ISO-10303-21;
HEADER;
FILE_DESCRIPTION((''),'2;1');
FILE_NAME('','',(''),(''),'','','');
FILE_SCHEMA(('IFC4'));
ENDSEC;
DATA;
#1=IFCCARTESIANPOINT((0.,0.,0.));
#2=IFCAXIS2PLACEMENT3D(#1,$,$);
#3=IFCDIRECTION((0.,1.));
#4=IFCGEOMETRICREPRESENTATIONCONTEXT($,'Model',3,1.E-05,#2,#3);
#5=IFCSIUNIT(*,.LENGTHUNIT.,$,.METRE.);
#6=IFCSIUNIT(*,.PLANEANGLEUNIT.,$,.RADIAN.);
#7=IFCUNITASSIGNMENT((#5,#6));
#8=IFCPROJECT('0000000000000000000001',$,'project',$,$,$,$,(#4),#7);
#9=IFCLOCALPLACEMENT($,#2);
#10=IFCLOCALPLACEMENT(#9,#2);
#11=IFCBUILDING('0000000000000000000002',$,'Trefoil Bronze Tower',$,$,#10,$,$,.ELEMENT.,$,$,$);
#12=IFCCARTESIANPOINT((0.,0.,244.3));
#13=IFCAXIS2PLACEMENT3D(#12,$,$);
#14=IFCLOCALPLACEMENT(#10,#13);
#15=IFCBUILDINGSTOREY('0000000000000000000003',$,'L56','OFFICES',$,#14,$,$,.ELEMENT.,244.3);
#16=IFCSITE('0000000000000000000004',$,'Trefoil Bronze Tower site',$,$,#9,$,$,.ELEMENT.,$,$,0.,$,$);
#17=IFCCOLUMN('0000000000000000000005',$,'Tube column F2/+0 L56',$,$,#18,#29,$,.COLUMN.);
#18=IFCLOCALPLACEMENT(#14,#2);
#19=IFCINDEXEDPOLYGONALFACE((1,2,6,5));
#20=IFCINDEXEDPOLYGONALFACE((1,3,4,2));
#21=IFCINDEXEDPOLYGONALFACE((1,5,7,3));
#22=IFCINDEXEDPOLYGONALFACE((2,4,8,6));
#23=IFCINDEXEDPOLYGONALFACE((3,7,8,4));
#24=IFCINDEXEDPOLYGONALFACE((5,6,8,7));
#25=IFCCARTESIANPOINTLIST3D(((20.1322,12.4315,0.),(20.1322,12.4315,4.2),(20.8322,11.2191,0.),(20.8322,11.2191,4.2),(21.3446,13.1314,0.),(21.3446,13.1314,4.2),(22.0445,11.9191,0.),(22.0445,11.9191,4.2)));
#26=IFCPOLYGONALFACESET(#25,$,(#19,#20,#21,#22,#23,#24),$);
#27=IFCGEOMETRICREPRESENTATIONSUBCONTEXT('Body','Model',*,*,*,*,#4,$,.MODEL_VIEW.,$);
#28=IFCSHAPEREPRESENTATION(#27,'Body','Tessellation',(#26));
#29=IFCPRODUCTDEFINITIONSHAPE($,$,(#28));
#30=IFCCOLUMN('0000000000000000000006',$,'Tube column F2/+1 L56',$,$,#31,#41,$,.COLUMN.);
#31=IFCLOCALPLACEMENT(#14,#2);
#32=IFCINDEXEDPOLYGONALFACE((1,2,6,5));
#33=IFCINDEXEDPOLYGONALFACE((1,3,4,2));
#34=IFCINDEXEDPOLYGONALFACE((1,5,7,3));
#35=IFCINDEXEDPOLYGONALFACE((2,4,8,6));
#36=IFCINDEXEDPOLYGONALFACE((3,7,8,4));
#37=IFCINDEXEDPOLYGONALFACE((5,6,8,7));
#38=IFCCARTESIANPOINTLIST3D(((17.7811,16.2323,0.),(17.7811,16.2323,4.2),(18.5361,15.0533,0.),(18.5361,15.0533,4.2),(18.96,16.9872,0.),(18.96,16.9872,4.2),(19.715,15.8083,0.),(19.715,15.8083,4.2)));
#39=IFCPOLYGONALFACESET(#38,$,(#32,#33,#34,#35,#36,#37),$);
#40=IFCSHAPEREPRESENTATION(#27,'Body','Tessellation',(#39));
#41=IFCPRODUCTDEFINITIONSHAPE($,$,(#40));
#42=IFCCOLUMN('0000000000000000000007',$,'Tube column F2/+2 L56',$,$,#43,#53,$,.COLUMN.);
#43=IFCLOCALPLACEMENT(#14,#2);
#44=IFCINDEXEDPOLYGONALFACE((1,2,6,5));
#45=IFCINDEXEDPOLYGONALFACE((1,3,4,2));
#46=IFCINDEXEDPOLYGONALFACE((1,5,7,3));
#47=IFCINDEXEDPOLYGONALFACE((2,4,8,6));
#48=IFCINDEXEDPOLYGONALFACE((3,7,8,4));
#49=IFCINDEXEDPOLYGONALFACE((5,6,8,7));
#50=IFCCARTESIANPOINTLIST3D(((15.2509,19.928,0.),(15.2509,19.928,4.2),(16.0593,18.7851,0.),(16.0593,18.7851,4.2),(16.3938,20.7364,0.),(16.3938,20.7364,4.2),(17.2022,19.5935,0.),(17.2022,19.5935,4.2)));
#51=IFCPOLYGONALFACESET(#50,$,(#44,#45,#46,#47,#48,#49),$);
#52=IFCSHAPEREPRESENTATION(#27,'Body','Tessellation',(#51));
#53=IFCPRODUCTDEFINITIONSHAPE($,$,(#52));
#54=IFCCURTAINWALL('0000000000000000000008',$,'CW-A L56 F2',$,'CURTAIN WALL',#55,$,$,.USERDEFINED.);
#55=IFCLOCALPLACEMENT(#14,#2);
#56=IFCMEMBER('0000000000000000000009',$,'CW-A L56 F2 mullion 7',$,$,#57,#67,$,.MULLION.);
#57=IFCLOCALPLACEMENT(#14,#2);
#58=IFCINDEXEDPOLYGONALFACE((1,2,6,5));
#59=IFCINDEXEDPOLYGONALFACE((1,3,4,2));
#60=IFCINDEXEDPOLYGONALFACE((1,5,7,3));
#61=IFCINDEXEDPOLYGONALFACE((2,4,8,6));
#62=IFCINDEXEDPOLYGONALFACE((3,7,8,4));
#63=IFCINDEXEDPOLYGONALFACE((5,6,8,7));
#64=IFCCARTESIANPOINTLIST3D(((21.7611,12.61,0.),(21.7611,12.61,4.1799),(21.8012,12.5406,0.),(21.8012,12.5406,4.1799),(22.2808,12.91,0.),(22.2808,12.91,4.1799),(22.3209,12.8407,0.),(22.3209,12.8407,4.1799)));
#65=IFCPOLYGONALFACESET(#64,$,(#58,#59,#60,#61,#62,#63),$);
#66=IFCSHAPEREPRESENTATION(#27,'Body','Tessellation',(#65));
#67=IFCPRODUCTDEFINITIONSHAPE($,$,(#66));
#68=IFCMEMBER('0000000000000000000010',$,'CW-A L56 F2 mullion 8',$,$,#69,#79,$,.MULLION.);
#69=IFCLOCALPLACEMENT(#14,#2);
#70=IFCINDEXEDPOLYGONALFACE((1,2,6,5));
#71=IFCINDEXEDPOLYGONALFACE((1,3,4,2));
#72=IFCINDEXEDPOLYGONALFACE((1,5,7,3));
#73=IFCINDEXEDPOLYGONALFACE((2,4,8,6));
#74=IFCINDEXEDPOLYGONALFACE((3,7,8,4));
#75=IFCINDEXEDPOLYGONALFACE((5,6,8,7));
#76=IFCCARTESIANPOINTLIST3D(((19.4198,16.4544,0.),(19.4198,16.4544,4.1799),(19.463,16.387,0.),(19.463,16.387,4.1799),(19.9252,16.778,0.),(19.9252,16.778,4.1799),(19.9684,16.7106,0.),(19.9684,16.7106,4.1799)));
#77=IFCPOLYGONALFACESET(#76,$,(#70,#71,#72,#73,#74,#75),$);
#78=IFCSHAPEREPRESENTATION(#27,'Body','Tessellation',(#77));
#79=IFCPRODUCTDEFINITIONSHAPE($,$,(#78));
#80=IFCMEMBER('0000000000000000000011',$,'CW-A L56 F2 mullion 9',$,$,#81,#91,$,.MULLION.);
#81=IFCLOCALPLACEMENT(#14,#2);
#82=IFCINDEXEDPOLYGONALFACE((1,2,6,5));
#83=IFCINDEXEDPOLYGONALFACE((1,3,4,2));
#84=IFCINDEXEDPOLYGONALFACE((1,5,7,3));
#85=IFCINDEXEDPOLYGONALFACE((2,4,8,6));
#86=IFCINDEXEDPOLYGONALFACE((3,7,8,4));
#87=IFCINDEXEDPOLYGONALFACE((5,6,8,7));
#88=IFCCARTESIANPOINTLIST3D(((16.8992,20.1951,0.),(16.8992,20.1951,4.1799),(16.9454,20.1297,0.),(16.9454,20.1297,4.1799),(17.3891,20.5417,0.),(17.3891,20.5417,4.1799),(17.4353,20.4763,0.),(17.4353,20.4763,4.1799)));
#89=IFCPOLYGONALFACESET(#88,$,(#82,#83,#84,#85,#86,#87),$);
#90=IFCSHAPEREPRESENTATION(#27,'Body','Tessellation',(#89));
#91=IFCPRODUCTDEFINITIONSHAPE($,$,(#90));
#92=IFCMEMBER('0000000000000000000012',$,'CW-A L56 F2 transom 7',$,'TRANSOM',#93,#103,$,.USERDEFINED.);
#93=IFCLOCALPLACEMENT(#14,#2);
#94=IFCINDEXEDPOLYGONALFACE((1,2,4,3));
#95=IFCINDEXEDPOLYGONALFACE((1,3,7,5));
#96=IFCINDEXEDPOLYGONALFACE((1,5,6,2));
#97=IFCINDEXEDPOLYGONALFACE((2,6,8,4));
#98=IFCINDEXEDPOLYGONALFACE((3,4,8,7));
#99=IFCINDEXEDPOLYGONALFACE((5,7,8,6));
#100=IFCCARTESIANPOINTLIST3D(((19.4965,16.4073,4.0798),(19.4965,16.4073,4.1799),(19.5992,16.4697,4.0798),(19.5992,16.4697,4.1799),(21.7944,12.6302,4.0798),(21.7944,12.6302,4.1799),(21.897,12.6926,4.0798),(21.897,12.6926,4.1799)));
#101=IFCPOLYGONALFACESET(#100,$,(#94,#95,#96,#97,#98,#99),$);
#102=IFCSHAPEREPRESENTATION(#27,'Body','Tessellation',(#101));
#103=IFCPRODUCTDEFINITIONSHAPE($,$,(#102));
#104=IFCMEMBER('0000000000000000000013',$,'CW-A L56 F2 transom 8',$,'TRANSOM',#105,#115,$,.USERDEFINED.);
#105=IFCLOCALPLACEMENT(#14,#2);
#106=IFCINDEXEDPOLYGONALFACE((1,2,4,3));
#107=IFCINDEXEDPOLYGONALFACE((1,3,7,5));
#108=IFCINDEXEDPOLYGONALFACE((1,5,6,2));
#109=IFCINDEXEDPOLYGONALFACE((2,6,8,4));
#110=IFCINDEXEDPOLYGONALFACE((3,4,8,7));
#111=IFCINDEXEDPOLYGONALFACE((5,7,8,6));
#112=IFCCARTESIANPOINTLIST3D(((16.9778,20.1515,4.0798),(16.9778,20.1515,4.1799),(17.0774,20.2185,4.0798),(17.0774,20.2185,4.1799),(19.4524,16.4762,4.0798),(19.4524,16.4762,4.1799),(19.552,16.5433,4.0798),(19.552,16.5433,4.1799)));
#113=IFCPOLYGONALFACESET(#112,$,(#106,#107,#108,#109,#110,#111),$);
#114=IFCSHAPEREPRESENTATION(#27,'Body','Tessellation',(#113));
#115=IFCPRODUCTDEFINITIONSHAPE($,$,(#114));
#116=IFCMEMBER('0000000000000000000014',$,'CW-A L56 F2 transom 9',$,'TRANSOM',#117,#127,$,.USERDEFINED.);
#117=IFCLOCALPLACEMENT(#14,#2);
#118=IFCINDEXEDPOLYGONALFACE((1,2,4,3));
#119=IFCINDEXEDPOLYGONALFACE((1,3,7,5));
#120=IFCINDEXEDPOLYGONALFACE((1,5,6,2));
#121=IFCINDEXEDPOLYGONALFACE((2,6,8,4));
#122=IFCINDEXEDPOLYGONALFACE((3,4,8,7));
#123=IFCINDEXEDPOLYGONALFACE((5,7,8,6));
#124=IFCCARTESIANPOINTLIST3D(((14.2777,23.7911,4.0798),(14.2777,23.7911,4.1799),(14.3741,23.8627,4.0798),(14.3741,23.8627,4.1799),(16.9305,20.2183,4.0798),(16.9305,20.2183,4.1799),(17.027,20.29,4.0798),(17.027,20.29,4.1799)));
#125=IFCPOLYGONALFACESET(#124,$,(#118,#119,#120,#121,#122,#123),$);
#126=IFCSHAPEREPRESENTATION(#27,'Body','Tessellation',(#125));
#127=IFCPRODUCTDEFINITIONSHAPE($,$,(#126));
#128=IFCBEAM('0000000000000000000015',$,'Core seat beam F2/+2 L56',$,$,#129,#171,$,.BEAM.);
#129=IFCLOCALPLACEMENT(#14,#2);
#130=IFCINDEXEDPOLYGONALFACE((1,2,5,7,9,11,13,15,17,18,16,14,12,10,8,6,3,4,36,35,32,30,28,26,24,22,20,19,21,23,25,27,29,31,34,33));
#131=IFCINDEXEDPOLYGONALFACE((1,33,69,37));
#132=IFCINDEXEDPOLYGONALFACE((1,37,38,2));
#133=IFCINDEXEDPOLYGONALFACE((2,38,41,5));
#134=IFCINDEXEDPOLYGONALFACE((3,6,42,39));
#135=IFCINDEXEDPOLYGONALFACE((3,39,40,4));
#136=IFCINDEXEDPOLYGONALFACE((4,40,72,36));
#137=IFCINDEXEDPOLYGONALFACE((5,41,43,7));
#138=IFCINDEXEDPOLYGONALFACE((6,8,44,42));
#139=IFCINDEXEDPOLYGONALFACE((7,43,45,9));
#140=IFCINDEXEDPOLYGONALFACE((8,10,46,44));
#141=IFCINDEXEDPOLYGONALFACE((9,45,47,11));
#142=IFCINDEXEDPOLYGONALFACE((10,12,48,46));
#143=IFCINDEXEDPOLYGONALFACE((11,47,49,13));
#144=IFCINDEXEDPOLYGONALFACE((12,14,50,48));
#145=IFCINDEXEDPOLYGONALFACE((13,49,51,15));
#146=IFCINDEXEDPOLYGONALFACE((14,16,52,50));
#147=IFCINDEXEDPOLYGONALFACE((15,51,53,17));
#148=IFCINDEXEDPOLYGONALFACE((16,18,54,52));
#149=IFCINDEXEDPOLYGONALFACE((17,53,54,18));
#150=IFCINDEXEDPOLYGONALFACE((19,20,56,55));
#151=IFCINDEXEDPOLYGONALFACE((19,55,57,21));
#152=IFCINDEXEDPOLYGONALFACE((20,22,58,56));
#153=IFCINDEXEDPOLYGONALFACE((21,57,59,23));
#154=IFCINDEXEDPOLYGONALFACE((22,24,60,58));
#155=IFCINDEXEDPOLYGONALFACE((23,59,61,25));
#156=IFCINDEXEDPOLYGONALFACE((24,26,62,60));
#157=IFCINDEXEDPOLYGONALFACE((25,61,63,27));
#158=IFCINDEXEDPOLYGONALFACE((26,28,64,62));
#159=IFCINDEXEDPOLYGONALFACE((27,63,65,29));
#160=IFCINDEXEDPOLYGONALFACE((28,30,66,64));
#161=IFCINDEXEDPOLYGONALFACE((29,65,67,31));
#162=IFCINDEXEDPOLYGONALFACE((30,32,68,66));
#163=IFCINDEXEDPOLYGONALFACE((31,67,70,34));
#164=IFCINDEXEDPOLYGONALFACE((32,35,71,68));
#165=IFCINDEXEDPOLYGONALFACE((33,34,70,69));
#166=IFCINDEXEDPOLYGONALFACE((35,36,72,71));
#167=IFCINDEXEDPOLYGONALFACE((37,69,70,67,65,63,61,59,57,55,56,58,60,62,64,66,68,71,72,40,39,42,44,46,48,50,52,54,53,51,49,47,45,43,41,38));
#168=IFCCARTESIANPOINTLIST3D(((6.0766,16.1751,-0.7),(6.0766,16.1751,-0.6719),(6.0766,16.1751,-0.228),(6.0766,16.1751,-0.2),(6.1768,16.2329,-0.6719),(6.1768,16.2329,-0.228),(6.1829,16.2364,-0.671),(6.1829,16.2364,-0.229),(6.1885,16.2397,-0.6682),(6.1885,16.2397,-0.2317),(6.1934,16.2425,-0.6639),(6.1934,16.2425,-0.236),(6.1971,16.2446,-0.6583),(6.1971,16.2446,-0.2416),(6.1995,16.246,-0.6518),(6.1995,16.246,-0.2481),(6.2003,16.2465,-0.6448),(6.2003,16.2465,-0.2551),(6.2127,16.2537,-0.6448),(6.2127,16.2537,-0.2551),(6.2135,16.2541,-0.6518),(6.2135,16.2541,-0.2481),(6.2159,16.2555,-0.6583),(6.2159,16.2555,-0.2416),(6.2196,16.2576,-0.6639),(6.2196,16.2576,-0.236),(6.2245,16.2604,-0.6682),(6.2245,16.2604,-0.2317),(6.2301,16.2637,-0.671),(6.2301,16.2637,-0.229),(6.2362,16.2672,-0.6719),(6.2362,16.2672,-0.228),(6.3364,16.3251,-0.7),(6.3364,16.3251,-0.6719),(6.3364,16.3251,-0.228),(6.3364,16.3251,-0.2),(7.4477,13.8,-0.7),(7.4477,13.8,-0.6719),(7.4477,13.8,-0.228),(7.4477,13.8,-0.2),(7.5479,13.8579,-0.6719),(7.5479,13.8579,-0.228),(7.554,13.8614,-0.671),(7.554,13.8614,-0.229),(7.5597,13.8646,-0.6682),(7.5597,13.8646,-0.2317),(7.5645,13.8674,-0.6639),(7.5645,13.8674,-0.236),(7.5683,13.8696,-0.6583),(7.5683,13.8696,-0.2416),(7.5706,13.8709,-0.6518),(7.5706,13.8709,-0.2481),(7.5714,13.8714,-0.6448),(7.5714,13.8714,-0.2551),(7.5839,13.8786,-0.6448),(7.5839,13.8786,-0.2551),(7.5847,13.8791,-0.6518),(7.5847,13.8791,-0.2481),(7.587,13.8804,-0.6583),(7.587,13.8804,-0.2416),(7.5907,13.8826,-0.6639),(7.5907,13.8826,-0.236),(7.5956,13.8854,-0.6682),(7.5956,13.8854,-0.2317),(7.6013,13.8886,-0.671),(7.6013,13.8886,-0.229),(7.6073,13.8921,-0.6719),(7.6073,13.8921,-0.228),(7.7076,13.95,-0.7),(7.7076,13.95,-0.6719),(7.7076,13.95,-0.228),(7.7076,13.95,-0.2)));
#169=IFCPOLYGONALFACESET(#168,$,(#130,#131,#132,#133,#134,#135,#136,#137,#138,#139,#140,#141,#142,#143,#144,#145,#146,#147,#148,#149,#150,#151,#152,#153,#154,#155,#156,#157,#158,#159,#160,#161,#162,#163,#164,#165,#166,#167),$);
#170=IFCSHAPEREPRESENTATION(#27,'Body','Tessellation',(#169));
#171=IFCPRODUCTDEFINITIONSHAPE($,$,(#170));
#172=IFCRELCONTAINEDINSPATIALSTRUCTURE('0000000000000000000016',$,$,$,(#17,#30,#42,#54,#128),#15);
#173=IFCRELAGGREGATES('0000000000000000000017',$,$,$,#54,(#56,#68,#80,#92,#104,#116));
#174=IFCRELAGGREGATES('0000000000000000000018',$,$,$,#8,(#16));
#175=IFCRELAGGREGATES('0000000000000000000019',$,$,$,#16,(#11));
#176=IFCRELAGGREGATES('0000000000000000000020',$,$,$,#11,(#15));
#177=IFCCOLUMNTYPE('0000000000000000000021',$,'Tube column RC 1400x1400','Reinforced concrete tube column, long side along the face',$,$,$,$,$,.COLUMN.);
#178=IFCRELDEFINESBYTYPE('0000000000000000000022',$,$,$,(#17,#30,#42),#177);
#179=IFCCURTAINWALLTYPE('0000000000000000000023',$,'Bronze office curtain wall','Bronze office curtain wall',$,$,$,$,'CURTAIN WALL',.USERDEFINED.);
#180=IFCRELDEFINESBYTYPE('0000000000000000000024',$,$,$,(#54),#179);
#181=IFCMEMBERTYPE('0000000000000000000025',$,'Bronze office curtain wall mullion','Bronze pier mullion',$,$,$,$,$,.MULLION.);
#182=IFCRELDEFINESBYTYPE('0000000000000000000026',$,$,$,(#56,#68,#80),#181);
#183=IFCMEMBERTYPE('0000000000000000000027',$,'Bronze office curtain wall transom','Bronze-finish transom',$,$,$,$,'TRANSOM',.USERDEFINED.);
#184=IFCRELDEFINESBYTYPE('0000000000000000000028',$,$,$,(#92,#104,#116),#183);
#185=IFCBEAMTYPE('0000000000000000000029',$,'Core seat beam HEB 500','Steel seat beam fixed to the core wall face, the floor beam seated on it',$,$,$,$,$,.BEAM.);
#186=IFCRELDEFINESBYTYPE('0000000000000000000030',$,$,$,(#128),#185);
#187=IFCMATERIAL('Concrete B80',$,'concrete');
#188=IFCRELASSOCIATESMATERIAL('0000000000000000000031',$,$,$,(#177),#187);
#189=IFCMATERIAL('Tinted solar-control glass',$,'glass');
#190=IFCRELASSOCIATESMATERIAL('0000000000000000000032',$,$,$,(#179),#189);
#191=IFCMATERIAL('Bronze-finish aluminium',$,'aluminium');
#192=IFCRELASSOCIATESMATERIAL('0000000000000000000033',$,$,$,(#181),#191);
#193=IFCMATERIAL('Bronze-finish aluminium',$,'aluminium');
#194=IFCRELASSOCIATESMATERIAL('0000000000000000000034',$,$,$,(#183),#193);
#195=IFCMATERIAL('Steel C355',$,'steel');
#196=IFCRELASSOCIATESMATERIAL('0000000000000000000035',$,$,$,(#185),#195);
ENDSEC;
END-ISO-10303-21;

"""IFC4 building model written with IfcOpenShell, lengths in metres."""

from ifc_helpers import new_model, si_unit, direction, frame, origin, origin_2d, place, context, subcontext, project, spatial, rectangle, i_section, extrude, material, material_profile, profile_set, type_object, element, aggregate, save


model = new_model("IFC4")

# Units and contexts
model_context = context("Model", 3, precision=1e-05, world=origin(), true_north=direction((0.0, 1.0)))
body_context = subcontext(model_context, "Body", "Model", "MODEL_VIEW")
ifc_project = project(units=[si_unit("LENGTHUNIT", "METRE"), si_unit("PLANEANGLEUNIT", "RADIAN")], contexts=[model_context])

# Site, building, storey
site_placement = place(None, origin())
site = spatial("IfcSite", under=ifc_project, at=site_placement, Name="Trefoil Bronze Tower site", CompositionType="ELEMENT", RefElevation=0.0)
building_placement = place(site_placement, origin())
building = spatial("IfcBuilding", under=site, at=building_placement, Name="Trefoil Bronze Tower", CompositionType="ELEMENT")
storey_placement = place(building_placement, frame((0.0, 0.0, 244.3)))
storey = spatial("IfcBuildingStorey", under=building, at=storey_placement, Name="L56", Description="OFFICES", CompositionType="ELEMENT", Elevation=244.3)

# Columns
ifc_material_1 = material(Name="Concrete B80", Category="concrete")
ifc_material_profile_1 = material_profile(ifc_material_1, rectangle(XDim=1.3999, YDim=1.3999, at=origin_2d()), Name="RC 1400x1400")
ifc_profile_set_1 = profile_set([ifc_material_profile_1], Name="Concrete B80")
column_type = type_object("IfcColumnType", Name="Tube column RC 1400x1400", Description="Reinforced concrete tube column, long side along the face", PredefinedType="COLUMN", material=ifc_profile_set_1)
for number, where, z_axis, x_axis, name in (
    (1, (21.0884, 12.1753, 0.0), (0.0, 0.0, 1.0), (-0.5, 0.866025, 0.0), "Tube column F2/+0 L56"),
    (2, (18.748, 16.0203, 0.0), (0.0, 0.0, 1.0), (-0.53927, 0.842133, 0.0), "Tube column F2/+1 L56"),
    (3, (16.2266, 19.7607, 0.0), (0.0, 0.0, 1.0), (-0.577481, 0.816404, 0.0), "Tube column F2/+2 L56"),
):
    element("IfcColumn", number, at=place(storey_placement, frame(where, z_axis=z_axis, x_axis=x_axis)), inside=storey, type_object=column_type, Name=name, PredefinedType="COLUMN", context=body_context, shape_type="SweptSolid", body=[
        extrude(rectangle(XDim=1.3999, YDim=1.3999, at=origin_2d()), origin(), (0.0, 0.0, 1.0), 4.2),
    ])

# Curtain wall, members
ifc_material_2 = material(Name="Tinted solar-control glass", Category="glass")
curtain_wall_type = type_object("IfcCurtainWallType", Name="Bronze office curtain wall", Description="Bronze office curtain wall", ElementType="CURTAIN WALL", PredefinedType="USERDEFINED", material=ifc_material_2)
curtain_wall_placement = place(storey_placement, origin())
curtain_wall = element("IfcCurtainWall", 4, at=curtain_wall_placement, inside=storey, type_object=curtain_wall_type, Name="CW-A L56 F2", ObjectType="CURTAIN WALL", PredefinedType="USERDEFINED")
ifc_material_3 = material(Name="Bronze-finish aluminium", Category="aluminium")
ifc_material_profile_2 = material_profile(ifc_material_3, rectangle(XDim=0.6001, YDim=0.0801, at=origin_2d()), Name="CW-A mullion")
ifc_profile_set_2 = profile_set([ifc_material_profile_2], Name="Bronze-finish aluminium")
member_type_1 = type_object("IfcMemberType", Name="Bronze office curtain wall mullion", Description="Bronze pier mullion", PredefinedType="MULLION", material=ifc_profile_set_2)
member_1_placement = place(storey_placement, frame((22.041, 12.7253, 0.0), z_axis=(0.0, 0.0, 1.0), x_axis=(-0.866025, -0.5, 0.0)))
member_1 = element("IfcMember", 5, at=member_1_placement, type_object=member_type_1, Name="CW-A L56 F2 mullion 7", PredefinedType="MULLION", context=body_context, shape_type="SweptSolid", body=[
    extrude(rectangle(XDim=0.6001, YDim=0.0801, at=origin_2d()), origin(), (0.0, 0.0, 1.0), 4.1799),
])
member_2_placement = place(storey_placement, frame((19.6941, 16.5825, 0.0), z_axis=(0.0, 0.0, 1.0), x_axis=(-0.842133, -0.53927, 0.0)))
member_2 = element("IfcMember", 6, at=member_2_placement, type_object=member_type_1, Name="CW-A L56 F2 mullion 8", PredefinedType="MULLION", context=body_context, shape_type="SweptSolid", body=[
    extrude(rectangle(XDim=0.6001, YDim=0.0801, at=origin_2d()), origin(), (0.0, 0.0, 1.0), 4.1799),
])
member_3_placement = place(storey_placement, frame((17.1672, 20.3357, 0.0), z_axis=(0.0, 0.0, 1.0), x_axis=(-0.816404, -0.577481, 0.0)))
member_3 = element("IfcMember", 7, at=member_3_placement, type_object=member_type_1, Name="CW-A L56 F2 mullion 9", PredefinedType="MULLION", context=body_context, shape_type="SweptSolid", body=[
    extrude(rectangle(XDim=0.6001, YDim=0.0801, at=origin_2d()), origin(), (0.0, 0.0, 1.0), 4.1799),
])
ifc_material_4 = material(Name="Bronze-finish aluminium", Category="aluminium")
ifc_material_profile_3 = material_profile(ifc_material_4, rectangle(XDim=0.1201, YDim=0.1001, at=origin_2d()), Name="CW-A transom")
ifc_profile_set_3 = profile_set([ifc_material_profile_3], Name="Bronze-finish aluminium")
member_type_2 = type_object("IfcMemberType", Name="Bronze office curtain wall transom", Description="Bronze-finish transom", ElementType="TRANSOM", PredefinedType="USERDEFINED", material=ifc_profile_set_3)
member_4_placement = place(storey_placement, frame((21.8457, 12.6614, 4.1299), z_axis=(-0.51974, 0.854324, 0.0), x_axis=(-0.854324, -0.51974, 0.0)))
member_4 = element("IfcMember", 8, at=member_4_placement, type_object=member_type_2, Name="CW-A L56 F2 transom 7", ObjectType="TRANSOM", PredefinedType="USERDEFINED", context=body_context, shape_type="SweptSolid", body=[
    extrude(rectangle(XDim=0.1201, YDim=0.1001, at=origin_2d()), origin(), (0.0, 0.0, 1.0), 4.4211),
])
member_5_placement = place(storey_placement, frame((19.5022, 16.5098, 4.1299), z_axis=(-0.558509, 0.829498, 0.0), x_axis=(-0.829498, -0.558509, 0.0)))
member_5 = element("IfcMember", 9, at=member_5_placement, type_object=member_type_2, Name="CW-A L56 F2 transom 8", ObjectType="TRANSOM", PredefinedType="USERDEFINED", context=body_context, shape_type="SweptSolid", body=[
    extrude(rectangle(XDim=0.1201, YDim=0.1001, at=origin_2d()), origin(), (0.0, 0.0, 1.0), 4.4307),
])
member_6_placement = place(storey_placement, frame((16.9788, 20.2542, 4.1299), z_axis=(-0.596148, 0.802874, 0.0), x_axis=(-0.802874, -0.596148, 0.0)))
member_6 = element("IfcMember", 10, at=member_6_placement, type_object=member_type_2, Name="CW-A L56 F2 transom 9", ObjectType="TRANSOM", PredefinedType="USERDEFINED", context=body_context, shape_type="SweptSolid", body=[
    extrude(rectangle(XDim=0.1201, YDim=0.1001, at=origin_2d()), origin(), (0.0, 0.0, 1.0), 4.45),
])

# Beam
ifc_material_5 = material(Name="Steel C355", Category="steel")
ifc_material_profile_4 = material_profile(ifc_material_5, i_section(OverallWidth=0.3, OverallDepth=0.5, WebThickness=0.0144, FlangeThickness=0.0281, FilletRadius=0.0271, at=origin_2d()), Name="HEB 500")
ifc_profile_set_4 = profile_set([ifc_material_profile_4], Name="Steel C355")
beam_type_1 = type_object("IfcBeamType", Name="Core seat beam HEB 500", Description="Steel seat beam fixed to the core wall face, the floor beam seated on it", PredefinedType="BEAM", material=ifc_profile_set_4)
beam_1_placement = place(storey_placement, frame((7.5776, 13.875, -0.45), z_axis=(-0.499969, 0.866043, 0.0), x_axis=(-0.866043, -0.499969, 0.0)))
element("IfcBeam", 11, at=beam_1_placement, inside=storey, type_object=beam_type_1, Name="Core seat beam F2/+2 L56", PredefinedType="BEAM", context=body_context, shape_type="SweptSolid", body=[
    extrude(i_section(OverallWidth=0.3, OverallDepth=0.5, WebThickness=0.0144, FlangeThickness=0.0281, FilletRadius=0.0271, at=origin_2d()), origin(), (0.0, 0.0, 1.0), 2.7424),
])

aggregate(curtain_wall, [member_1, member_2, member_3, member_4, member_5, member_6])

save(model, "model.ifc")
